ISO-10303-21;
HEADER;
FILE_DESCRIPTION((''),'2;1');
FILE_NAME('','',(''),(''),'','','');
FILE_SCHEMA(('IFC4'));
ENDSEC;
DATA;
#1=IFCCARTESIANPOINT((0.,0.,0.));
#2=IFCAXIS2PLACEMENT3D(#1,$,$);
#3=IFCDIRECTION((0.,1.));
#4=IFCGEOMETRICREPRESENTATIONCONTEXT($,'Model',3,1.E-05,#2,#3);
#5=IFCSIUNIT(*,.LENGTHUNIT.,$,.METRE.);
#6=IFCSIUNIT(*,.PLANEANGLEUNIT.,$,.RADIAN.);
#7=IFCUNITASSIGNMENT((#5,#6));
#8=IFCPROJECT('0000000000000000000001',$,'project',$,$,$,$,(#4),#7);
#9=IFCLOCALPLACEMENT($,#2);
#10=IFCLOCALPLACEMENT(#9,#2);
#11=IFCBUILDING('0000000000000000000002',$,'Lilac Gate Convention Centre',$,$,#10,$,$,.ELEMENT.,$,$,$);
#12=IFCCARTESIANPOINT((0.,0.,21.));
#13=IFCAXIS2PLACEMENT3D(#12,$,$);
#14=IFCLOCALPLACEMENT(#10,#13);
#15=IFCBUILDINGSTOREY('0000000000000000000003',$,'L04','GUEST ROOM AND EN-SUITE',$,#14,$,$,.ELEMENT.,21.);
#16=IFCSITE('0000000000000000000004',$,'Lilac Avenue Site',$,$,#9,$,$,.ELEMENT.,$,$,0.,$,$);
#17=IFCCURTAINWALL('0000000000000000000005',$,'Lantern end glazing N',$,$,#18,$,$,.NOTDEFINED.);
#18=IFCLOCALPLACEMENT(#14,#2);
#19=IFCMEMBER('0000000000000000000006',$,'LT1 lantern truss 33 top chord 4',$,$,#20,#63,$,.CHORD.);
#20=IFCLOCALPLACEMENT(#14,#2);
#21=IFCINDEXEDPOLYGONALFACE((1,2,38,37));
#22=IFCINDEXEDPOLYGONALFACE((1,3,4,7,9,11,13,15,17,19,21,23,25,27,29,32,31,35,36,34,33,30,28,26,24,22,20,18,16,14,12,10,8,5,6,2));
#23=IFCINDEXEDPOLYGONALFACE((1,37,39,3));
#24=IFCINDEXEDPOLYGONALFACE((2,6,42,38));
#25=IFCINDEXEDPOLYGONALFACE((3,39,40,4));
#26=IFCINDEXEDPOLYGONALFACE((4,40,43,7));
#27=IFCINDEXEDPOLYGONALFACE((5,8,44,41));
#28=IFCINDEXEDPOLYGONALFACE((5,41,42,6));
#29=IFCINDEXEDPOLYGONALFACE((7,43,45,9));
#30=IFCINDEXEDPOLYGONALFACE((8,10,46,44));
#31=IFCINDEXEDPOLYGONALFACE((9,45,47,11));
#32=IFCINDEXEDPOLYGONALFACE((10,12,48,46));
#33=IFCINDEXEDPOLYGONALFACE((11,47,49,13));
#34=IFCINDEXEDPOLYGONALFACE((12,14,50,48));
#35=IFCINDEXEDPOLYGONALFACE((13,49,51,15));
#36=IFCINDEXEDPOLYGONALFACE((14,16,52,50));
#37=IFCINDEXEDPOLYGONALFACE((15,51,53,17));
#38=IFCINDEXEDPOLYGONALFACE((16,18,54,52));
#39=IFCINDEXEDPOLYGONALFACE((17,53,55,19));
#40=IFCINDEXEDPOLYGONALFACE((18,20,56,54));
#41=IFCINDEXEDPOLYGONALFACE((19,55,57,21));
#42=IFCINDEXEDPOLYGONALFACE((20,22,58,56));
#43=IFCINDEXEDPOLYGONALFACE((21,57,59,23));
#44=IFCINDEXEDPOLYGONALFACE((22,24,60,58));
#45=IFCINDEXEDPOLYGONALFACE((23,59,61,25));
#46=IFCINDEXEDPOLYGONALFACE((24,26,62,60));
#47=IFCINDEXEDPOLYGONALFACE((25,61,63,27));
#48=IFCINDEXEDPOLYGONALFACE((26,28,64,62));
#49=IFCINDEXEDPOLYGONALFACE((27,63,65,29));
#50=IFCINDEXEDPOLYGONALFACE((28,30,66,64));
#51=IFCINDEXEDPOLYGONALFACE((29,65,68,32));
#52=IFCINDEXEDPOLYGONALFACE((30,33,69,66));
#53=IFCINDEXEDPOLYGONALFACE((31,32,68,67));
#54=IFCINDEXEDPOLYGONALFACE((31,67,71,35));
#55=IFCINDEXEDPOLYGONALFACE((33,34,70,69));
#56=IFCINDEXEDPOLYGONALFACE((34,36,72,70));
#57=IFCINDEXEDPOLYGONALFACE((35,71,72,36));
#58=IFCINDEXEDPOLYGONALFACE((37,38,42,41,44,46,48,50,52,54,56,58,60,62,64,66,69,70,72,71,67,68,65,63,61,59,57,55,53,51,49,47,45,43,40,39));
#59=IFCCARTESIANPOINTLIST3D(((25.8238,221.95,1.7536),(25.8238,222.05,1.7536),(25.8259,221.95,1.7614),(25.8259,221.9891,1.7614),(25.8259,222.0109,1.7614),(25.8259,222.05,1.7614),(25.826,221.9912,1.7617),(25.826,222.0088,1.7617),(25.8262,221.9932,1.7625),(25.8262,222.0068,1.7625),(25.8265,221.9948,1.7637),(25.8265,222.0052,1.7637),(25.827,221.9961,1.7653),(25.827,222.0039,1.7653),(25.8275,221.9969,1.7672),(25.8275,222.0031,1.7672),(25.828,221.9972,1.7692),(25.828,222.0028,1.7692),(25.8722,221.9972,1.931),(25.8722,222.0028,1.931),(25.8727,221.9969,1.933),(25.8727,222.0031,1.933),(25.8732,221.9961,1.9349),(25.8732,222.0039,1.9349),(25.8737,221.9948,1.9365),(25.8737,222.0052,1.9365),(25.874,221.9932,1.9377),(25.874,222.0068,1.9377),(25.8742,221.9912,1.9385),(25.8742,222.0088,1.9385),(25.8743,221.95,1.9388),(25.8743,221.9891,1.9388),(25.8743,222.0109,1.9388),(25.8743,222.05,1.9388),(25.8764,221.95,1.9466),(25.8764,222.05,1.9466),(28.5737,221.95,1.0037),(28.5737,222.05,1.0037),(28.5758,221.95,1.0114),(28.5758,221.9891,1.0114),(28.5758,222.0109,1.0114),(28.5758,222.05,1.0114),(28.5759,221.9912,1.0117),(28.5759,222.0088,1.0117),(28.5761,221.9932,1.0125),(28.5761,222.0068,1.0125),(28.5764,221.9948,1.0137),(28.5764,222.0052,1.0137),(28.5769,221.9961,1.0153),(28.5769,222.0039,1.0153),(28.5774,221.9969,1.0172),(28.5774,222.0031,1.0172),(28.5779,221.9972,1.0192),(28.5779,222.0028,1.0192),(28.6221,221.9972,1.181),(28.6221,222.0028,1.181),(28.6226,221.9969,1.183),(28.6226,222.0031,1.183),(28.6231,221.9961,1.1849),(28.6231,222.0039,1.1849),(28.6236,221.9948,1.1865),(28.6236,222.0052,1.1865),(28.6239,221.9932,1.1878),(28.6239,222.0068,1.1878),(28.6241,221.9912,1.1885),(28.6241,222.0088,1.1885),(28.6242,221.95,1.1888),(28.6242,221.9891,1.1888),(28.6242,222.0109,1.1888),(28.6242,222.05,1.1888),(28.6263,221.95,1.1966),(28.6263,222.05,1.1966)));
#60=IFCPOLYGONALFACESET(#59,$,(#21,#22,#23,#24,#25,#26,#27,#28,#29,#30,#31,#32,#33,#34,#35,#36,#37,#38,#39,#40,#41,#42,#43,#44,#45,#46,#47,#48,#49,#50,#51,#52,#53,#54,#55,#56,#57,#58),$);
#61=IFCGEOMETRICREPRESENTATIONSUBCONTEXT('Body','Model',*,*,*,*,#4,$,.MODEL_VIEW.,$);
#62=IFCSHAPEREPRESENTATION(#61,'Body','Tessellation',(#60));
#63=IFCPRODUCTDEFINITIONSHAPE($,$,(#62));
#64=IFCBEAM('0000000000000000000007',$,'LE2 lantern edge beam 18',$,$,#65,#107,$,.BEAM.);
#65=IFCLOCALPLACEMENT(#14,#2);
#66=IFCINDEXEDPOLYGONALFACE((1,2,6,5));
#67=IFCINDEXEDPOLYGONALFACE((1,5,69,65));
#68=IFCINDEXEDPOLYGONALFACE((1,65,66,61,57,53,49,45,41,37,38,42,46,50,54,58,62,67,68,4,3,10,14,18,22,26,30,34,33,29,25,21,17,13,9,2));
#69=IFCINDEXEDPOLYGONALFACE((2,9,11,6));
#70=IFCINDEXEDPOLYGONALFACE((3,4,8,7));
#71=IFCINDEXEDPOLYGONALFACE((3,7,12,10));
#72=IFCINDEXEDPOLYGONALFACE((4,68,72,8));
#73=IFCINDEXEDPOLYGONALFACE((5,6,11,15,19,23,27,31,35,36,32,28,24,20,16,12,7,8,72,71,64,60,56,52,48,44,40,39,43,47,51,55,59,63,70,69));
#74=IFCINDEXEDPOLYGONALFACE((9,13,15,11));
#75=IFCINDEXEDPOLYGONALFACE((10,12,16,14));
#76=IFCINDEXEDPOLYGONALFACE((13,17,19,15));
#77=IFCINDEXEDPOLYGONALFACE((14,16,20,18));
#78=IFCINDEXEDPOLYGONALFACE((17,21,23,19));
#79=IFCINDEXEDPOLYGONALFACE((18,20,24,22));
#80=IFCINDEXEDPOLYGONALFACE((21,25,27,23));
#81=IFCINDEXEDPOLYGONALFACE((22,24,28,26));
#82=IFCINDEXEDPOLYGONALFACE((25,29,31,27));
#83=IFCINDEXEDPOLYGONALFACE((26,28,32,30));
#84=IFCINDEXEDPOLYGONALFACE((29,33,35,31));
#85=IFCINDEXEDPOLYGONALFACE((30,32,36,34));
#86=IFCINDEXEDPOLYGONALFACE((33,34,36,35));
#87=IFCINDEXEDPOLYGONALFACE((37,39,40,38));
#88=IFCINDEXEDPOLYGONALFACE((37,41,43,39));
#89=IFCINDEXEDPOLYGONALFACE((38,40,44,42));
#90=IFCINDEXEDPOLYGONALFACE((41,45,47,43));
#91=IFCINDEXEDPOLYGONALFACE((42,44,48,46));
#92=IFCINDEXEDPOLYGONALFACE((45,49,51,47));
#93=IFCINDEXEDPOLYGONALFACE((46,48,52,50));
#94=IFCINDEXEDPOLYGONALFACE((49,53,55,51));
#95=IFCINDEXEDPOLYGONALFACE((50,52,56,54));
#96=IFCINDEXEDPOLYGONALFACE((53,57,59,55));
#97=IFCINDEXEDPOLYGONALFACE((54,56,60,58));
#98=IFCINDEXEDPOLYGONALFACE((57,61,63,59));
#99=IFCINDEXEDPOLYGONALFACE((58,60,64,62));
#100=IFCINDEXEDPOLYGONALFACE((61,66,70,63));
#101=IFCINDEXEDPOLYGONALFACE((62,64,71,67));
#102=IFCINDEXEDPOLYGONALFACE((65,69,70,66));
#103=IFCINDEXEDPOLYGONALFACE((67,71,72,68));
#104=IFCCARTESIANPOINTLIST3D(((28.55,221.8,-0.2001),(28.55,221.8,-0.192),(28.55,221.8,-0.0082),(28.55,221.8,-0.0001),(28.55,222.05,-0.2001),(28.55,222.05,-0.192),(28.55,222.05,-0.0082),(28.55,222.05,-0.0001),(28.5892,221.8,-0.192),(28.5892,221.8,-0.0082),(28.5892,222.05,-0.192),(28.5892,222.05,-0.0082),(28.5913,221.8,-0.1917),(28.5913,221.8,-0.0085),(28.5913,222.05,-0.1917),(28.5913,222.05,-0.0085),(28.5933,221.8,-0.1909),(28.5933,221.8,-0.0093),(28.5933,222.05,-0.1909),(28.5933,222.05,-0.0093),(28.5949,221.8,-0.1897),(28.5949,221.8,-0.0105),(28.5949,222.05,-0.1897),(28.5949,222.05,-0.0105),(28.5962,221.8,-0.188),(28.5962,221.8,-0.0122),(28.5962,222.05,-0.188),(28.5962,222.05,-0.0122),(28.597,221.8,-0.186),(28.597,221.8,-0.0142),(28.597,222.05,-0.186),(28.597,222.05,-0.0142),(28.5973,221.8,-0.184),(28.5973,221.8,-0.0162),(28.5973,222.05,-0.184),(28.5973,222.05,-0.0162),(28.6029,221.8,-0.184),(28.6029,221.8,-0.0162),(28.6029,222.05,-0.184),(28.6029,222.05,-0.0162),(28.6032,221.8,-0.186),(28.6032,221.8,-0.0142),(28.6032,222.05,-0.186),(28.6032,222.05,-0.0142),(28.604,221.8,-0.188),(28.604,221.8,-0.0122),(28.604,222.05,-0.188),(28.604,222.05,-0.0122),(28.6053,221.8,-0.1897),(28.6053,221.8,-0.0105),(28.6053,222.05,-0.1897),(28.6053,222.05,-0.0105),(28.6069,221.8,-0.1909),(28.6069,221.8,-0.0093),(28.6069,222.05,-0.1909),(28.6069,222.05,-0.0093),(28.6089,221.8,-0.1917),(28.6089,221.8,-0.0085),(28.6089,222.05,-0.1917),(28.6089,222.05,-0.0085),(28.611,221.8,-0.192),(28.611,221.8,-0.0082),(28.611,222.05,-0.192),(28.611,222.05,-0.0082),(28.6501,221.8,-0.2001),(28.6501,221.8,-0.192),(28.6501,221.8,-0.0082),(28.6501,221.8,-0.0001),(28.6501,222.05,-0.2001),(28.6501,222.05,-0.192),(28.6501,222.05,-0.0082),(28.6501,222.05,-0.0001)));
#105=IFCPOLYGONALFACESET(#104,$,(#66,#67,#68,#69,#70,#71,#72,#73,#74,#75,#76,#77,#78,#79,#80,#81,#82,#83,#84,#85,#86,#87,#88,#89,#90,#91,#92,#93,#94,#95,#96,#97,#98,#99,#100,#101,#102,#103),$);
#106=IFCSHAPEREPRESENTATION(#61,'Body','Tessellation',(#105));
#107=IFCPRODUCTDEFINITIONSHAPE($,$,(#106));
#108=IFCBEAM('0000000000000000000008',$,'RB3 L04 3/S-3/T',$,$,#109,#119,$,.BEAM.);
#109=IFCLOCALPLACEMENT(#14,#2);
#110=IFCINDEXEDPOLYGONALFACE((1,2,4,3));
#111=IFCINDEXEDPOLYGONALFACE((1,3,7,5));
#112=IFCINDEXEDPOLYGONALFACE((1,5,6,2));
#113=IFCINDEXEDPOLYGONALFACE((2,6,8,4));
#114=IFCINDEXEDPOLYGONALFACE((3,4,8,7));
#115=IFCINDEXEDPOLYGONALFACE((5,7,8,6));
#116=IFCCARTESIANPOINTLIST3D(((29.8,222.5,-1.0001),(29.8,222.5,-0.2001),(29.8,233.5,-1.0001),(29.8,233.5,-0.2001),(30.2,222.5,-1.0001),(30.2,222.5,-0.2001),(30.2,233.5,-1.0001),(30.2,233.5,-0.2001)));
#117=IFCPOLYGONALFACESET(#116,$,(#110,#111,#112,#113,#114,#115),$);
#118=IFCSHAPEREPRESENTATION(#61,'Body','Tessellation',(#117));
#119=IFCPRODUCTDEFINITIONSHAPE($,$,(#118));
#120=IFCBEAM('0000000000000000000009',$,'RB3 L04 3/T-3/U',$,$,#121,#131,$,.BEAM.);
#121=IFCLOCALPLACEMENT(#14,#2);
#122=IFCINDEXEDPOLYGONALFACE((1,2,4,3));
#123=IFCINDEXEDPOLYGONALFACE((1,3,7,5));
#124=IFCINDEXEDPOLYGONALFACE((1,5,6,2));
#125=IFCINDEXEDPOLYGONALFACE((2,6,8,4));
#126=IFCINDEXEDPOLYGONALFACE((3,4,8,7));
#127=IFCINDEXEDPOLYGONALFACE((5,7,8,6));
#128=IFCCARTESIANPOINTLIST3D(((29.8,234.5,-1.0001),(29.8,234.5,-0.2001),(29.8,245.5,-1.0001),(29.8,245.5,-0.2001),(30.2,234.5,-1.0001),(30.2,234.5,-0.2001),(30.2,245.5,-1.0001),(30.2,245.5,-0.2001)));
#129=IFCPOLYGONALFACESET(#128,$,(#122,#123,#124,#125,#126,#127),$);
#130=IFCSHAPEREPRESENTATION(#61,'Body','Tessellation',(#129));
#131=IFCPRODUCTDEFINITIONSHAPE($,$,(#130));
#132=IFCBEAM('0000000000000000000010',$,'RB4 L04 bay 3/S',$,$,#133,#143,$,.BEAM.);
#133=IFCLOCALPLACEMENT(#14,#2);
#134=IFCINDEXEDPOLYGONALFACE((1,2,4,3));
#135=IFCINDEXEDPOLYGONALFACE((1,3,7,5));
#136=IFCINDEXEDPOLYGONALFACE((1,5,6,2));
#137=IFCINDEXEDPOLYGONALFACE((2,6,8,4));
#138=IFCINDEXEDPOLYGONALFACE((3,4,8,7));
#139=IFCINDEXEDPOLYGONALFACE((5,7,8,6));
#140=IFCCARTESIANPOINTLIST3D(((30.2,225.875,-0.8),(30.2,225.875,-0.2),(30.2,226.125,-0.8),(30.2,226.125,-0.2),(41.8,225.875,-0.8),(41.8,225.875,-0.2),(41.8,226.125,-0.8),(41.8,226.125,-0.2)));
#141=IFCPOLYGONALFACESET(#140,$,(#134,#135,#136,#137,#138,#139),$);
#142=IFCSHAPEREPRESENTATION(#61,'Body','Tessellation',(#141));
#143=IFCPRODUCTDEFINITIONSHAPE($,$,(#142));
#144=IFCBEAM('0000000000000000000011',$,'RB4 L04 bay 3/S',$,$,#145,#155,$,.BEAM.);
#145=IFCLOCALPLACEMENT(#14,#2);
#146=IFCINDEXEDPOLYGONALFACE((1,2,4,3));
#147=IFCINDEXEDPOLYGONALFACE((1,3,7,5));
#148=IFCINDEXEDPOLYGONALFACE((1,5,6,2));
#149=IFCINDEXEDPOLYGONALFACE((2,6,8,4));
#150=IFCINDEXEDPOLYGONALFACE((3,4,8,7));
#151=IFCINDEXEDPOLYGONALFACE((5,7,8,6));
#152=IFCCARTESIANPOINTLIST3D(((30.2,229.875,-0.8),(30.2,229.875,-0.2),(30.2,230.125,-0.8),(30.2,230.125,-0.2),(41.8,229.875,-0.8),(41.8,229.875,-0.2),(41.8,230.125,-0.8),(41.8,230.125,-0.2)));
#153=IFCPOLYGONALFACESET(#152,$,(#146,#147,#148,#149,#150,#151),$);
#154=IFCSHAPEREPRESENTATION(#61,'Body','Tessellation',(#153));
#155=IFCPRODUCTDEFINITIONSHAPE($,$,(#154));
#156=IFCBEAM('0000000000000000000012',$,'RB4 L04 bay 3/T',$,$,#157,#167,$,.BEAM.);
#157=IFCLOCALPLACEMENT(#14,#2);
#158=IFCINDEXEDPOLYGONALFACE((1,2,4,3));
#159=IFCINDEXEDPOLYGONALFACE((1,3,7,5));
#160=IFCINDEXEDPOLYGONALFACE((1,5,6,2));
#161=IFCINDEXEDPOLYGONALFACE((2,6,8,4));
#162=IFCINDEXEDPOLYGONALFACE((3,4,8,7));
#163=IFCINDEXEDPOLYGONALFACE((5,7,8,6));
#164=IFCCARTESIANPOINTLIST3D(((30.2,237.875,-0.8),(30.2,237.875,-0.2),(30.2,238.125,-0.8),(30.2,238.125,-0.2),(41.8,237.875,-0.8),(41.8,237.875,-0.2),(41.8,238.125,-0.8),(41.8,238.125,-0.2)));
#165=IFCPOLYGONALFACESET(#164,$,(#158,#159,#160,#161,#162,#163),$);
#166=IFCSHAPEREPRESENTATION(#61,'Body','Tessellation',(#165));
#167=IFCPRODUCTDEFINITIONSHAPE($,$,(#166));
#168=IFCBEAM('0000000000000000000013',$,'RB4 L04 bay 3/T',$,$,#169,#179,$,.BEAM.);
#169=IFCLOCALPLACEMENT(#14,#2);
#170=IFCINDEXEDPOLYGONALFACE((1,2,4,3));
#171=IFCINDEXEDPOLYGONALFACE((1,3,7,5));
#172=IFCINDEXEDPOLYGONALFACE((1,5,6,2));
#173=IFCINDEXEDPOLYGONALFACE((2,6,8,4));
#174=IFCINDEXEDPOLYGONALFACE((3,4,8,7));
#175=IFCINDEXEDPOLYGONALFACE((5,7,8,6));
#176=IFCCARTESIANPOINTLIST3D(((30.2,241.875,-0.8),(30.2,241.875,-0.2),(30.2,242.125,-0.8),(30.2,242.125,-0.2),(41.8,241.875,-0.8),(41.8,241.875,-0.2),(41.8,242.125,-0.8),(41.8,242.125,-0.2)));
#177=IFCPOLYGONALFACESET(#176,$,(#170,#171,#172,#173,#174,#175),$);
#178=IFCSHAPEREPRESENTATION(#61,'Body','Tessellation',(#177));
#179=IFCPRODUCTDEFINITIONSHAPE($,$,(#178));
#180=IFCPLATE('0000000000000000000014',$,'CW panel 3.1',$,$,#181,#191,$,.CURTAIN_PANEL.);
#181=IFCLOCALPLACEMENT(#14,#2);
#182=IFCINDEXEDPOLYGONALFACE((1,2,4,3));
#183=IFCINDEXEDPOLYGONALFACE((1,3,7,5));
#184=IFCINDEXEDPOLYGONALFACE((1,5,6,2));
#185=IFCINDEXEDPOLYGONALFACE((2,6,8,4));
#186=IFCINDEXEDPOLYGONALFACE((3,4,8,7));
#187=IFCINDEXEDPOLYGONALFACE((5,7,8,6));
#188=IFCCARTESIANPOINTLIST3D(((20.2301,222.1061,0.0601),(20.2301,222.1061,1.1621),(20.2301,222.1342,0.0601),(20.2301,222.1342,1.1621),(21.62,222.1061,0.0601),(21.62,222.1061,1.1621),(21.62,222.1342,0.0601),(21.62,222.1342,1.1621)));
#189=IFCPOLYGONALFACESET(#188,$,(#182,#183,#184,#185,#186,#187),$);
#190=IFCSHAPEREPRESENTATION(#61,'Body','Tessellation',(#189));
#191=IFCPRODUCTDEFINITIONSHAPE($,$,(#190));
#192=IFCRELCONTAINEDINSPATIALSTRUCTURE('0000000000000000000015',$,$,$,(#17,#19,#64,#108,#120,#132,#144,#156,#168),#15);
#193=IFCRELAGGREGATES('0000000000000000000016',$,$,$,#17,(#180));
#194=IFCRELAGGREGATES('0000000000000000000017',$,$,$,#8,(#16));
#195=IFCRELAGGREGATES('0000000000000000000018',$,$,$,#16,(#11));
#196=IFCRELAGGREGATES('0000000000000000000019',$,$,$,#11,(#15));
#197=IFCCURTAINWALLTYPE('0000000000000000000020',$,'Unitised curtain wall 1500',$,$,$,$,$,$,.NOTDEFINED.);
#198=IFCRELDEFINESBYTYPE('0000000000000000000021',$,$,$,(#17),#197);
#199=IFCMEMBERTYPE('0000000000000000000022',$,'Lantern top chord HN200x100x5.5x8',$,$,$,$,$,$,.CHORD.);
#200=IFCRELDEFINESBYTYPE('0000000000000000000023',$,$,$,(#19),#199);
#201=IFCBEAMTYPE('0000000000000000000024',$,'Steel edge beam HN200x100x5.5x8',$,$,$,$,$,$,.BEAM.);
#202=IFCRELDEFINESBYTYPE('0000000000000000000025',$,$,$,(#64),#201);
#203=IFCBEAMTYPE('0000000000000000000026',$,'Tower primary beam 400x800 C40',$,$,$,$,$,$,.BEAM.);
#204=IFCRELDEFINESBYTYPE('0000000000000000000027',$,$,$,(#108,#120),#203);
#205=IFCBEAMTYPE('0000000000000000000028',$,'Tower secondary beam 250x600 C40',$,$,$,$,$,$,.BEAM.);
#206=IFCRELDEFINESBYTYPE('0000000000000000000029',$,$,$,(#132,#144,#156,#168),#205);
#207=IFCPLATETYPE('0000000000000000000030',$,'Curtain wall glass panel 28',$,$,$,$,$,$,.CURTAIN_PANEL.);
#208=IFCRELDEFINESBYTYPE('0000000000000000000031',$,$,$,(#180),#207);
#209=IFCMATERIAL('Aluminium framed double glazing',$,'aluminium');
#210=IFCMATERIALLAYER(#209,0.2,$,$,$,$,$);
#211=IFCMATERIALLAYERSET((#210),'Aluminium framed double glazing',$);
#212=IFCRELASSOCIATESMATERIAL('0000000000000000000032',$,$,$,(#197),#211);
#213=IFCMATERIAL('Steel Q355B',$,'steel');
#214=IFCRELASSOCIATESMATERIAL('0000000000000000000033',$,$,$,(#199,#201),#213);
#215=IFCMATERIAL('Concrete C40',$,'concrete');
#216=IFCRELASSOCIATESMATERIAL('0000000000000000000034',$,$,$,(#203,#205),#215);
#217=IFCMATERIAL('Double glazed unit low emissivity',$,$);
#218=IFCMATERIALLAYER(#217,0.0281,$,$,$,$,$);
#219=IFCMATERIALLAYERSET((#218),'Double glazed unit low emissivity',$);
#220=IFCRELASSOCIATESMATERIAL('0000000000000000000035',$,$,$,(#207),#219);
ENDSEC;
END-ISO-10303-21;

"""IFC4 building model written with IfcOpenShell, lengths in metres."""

from ifc_helpers import new_model, si_unit, direction, frame, origin, origin_2d, place, context, subcontext, project, spatial, rectangle, i_section, extrude, material, layer, layer_set, material_profile, profile_set, type_object, element, aggregate, save


model = new_model("IFC4")

# Units and contexts
model_context = context("Model", 3, precision=1e-05, world=origin(), true_north=direction((0.0, 1.0)))
body_context = subcontext(model_context, "Body", "Model", "MODEL_VIEW")
ifc_project = project(units=[si_unit("LENGTHUNIT", "METRE"), si_unit("PLANEANGLEUNIT", "RADIAN")], contexts=[model_context])

# Site, building, storey
site_placement = place(None, origin())
site = spatial("IfcSite", under=ifc_project, at=site_placement, Name="Lilac Avenue Site", CompositionType="ELEMENT", RefElevation=0.0)
building_placement = place(site_placement, origin())
building = spatial("IfcBuilding", under=site, at=building_placement, Name="Lilac Gate Convention Centre", CompositionType="ELEMENT")
storey_placement = place(building_placement, frame((0.0, 0.0, 21.0)))
storey = spatial("IfcBuildingStorey", under=building, at=storey_placement, Name="L04", Description="GUEST ROOM AND EN-SUITE", CompositionType="ELEMENT", Elevation=21.0)

# Curtain wall
ifc_material_1 = material(Name="Aluminium framed double glazing", Category="aluminium")
ifc_layer_1 = layer(ifc_material_1, 0.2)
ifc_layer_set_1 = layer_set([ifc_layer_1], Name="Aluminium framed double glazing")
curtain_wall_type = type_object("IfcCurtainWallType", Name="Unitised curtain wall 1500", PredefinedType="NOTDEFINED", material=ifc_layer_set_1)
curtain_wall_placement = place(storey_placement, origin())
curtain_wall = element("IfcCurtainWall", 1, at=curtain_wall_placement, inside=storey, type_object=curtain_wall_type, Name="Lantern end glazing N", PredefinedType="NOTDEFINED")

# Member
ifc_material_2 = material(Name="Steel Q355B", Category="steel")
ifc_material_profile_1 = material_profile(ifc_material_2, i_section(OverallWidth=0.1001, OverallDepth=0.2, WebThickness=0.0056, FlangeThickness=0.0081, FilletRadius=0.0081, at=origin_2d()), Name="HN200x100x5.5x8")
ifc_profile_set_1 = profile_set([ifc_material_profile_1], Name="Steel Q355B")
member_type_1 = type_object("IfcMemberType", Name="Lantern top chord HN200x100x5.5x8", PredefinedType="CHORD", material=ifc_profile_set_1)
for number, where, z_axis, x_axis, name in (
    (2, (25.8501, 222.0, 1.8501), (0.964764, 0.0, -0.263117), (0.0, 1.0, 0.0), "LT1 lantern truss 33 top chord 4"),
):
    element("IfcMember", number, at=place(storey_placement, frame(where, z_axis=z_axis, x_axis=x_axis)), inside=storey, type_object=member_type_1, Name=name, PredefinedType="CHORD", context=body_context, shape_type="SweptSolid", body=[
        extrude(i_section(OverallWidth=0.1001, OverallDepth=0.2, WebThickness=0.0056, FlangeThickness=0.0081, FilletRadius=0.0081, at=origin_2d()), origin(), (0.0, 0.0, 1.0), 2.8503),
    ])

# Beams
ifc_material_profile_2 = material_profile(ifc_material_2, i_section(OverallWidth=0.1001, OverallDepth=0.2, WebThickness=0.0056, FlangeThickness=0.0081, FilletRadius=0.0081, at=origin_2d()), Name="HN200x100x5.5x8")
ifc_profile_set_2 = profile_set([ifc_material_profile_2], Name="Steel Q355B")
beam_type_1 = type_object("IfcBeamType", Name="Steel edge beam HN200x100x5.5x8", PredefinedType="BEAM", material=ifc_profile_set_2)
beam_placement = place(storey_placement, frame((28.6001, 221.8, -0.1001), z_axis=(0.0, 1.0, 0.0), x_axis=(-1.0, 0.0, 0.0)))
element("IfcBeam", 3, at=beam_placement, inside=storey, type_object=beam_type_1, Name="LE2 lantern edge beam 18", PredefinedType="BEAM", context=body_context, shape_type="SweptSolid", body=[
    extrude(i_section(OverallWidth=0.1001, OverallDepth=0.2, WebThickness=0.0056, FlangeThickness=0.0081, FilletRadius=0.0081, at=origin_2d()), origin(), (0.0, 0.0, 1.0), 0.25),
])
ifc_material_3 = material(Name="Concrete C40", Category="concrete")
ifc_material_profile_3 = material_profile(ifc_material_3, rectangle(XDim=0.3999, YDim=0.8, at=origin_2d()), Name="RC 400x800")
ifc_profile_set_3 = profile_set([ifc_material_profile_3], Name="Concrete C40")
beam_type_2 = type_object("IfcBeamType", Name="Tower primary beam 400x800 C40", PredefinedType="BEAM", material=ifc_profile_set_3)
for number, where, z_axis, x_axis, name in (
    (4, (30.0, 222.5, -0.6001), (0.0, 1.0, 0.0), (-1.0, 0.0, 0.0), "RB3 L04 3/S-3/T"),
    (5, (30.0, 234.5, -0.6001), (0.0, 1.0, 0.0), (-1.0, 0.0, 0.0), "RB3 L04 3/T-3/U"),
):
    element("IfcBeam", number, at=place(storey_placement, frame(where, z_axis=z_axis, x_axis=x_axis)), inside=storey, type_object=beam_type_2, Name=name, PredefinedType="BEAM", context=body_context, shape_type="SweptSolid", body=[
        extrude(rectangle(XDim=0.3999, YDim=0.8, at=origin_2d()), origin(), (0.0, 0.0, 1.0), 11.0),
    ])
ifc_material_profile_4 = material_profile(ifc_material_3, rectangle(XDim=0.25, YDim=0.6001, at=origin_2d()), Name="RC 250x600")
ifc_profile_set_4 = profile_set([ifc_material_profile_4], Name="Concrete C40")
beam_type_3 = type_object("IfcBeamType", Name="Tower secondary beam 250x600 C40", PredefinedType="BEAM", material=ifc_profile_set_4)
for number, where, z_axis, x_axis, name in (
    (6, (30.2, 226.0, -0.5), (1.0, 0.0, 0.0), (0.0, 1.0, 0.0), "RB4 L04 bay 3/S"),
    (7, (30.2, 230.0, -0.5), (1.0, 0.0, 0.0), (0.0, 1.0, 0.0), "RB4 L04 bay 3/S"),
    (8, (30.2, 238.0, -0.5), (1.0, 0.0, 0.0), (0.0, 1.0, 0.0), "RB4 L04 bay 3/T"),
    (9, (30.2, 242.0, -0.5), (1.0, 0.0, 0.0), (0.0, 1.0, 0.0), "RB4 L04 bay 3/T"),
):
    element("IfcBeam", number, at=place(storey_placement, frame(where, z_axis=z_axis, x_axis=x_axis)), inside=storey, type_object=beam_type_3, Name=name, PredefinedType="BEAM", context=body_context, shape_type="SweptSolid", body=[
        extrude(rectangle(XDim=0.25, YDim=0.6001, at=origin_2d()), origin(), (0.0, 0.0, 1.0), 11.6001),
    ])

# Plate
ifc_material_4 = material(Name="Double glazed unit low emissivity")
ifc_layer_2 = layer(ifc_material_4, 0.0281)
ifc_layer_set_2 = layer_set([ifc_layer_2], Name="Double glazed unit low emissivity")
plate_type = type_object("IfcPlateType", Name="Curtain wall glass panel 28", PredefinedType="CURTAIN_PANEL", material=ifc_layer_set_2)
plate_1_placement = place(storey_placement, frame((20.925, 222.1201, 0.0601), z_axis=(0.0, 0.0, 1.0), x_axis=(1.0, 0.0, 0.0)))
plate_1 = element("IfcPlate", 10, at=plate_1_placement, type_object=plate_type, Name="CW panel 3.1", PredefinedType="CURTAIN_PANEL", context=body_context, shape_type="SweptSolid", body=[
    extrude(rectangle(XDim=1.3899, YDim=0.0281, at=origin_2d()), origin(), (0.0, 0.0, 1.0), 1.1021),
])
aggregate(curtain_wall, [plate_1])

save(model, "model.ifc")
